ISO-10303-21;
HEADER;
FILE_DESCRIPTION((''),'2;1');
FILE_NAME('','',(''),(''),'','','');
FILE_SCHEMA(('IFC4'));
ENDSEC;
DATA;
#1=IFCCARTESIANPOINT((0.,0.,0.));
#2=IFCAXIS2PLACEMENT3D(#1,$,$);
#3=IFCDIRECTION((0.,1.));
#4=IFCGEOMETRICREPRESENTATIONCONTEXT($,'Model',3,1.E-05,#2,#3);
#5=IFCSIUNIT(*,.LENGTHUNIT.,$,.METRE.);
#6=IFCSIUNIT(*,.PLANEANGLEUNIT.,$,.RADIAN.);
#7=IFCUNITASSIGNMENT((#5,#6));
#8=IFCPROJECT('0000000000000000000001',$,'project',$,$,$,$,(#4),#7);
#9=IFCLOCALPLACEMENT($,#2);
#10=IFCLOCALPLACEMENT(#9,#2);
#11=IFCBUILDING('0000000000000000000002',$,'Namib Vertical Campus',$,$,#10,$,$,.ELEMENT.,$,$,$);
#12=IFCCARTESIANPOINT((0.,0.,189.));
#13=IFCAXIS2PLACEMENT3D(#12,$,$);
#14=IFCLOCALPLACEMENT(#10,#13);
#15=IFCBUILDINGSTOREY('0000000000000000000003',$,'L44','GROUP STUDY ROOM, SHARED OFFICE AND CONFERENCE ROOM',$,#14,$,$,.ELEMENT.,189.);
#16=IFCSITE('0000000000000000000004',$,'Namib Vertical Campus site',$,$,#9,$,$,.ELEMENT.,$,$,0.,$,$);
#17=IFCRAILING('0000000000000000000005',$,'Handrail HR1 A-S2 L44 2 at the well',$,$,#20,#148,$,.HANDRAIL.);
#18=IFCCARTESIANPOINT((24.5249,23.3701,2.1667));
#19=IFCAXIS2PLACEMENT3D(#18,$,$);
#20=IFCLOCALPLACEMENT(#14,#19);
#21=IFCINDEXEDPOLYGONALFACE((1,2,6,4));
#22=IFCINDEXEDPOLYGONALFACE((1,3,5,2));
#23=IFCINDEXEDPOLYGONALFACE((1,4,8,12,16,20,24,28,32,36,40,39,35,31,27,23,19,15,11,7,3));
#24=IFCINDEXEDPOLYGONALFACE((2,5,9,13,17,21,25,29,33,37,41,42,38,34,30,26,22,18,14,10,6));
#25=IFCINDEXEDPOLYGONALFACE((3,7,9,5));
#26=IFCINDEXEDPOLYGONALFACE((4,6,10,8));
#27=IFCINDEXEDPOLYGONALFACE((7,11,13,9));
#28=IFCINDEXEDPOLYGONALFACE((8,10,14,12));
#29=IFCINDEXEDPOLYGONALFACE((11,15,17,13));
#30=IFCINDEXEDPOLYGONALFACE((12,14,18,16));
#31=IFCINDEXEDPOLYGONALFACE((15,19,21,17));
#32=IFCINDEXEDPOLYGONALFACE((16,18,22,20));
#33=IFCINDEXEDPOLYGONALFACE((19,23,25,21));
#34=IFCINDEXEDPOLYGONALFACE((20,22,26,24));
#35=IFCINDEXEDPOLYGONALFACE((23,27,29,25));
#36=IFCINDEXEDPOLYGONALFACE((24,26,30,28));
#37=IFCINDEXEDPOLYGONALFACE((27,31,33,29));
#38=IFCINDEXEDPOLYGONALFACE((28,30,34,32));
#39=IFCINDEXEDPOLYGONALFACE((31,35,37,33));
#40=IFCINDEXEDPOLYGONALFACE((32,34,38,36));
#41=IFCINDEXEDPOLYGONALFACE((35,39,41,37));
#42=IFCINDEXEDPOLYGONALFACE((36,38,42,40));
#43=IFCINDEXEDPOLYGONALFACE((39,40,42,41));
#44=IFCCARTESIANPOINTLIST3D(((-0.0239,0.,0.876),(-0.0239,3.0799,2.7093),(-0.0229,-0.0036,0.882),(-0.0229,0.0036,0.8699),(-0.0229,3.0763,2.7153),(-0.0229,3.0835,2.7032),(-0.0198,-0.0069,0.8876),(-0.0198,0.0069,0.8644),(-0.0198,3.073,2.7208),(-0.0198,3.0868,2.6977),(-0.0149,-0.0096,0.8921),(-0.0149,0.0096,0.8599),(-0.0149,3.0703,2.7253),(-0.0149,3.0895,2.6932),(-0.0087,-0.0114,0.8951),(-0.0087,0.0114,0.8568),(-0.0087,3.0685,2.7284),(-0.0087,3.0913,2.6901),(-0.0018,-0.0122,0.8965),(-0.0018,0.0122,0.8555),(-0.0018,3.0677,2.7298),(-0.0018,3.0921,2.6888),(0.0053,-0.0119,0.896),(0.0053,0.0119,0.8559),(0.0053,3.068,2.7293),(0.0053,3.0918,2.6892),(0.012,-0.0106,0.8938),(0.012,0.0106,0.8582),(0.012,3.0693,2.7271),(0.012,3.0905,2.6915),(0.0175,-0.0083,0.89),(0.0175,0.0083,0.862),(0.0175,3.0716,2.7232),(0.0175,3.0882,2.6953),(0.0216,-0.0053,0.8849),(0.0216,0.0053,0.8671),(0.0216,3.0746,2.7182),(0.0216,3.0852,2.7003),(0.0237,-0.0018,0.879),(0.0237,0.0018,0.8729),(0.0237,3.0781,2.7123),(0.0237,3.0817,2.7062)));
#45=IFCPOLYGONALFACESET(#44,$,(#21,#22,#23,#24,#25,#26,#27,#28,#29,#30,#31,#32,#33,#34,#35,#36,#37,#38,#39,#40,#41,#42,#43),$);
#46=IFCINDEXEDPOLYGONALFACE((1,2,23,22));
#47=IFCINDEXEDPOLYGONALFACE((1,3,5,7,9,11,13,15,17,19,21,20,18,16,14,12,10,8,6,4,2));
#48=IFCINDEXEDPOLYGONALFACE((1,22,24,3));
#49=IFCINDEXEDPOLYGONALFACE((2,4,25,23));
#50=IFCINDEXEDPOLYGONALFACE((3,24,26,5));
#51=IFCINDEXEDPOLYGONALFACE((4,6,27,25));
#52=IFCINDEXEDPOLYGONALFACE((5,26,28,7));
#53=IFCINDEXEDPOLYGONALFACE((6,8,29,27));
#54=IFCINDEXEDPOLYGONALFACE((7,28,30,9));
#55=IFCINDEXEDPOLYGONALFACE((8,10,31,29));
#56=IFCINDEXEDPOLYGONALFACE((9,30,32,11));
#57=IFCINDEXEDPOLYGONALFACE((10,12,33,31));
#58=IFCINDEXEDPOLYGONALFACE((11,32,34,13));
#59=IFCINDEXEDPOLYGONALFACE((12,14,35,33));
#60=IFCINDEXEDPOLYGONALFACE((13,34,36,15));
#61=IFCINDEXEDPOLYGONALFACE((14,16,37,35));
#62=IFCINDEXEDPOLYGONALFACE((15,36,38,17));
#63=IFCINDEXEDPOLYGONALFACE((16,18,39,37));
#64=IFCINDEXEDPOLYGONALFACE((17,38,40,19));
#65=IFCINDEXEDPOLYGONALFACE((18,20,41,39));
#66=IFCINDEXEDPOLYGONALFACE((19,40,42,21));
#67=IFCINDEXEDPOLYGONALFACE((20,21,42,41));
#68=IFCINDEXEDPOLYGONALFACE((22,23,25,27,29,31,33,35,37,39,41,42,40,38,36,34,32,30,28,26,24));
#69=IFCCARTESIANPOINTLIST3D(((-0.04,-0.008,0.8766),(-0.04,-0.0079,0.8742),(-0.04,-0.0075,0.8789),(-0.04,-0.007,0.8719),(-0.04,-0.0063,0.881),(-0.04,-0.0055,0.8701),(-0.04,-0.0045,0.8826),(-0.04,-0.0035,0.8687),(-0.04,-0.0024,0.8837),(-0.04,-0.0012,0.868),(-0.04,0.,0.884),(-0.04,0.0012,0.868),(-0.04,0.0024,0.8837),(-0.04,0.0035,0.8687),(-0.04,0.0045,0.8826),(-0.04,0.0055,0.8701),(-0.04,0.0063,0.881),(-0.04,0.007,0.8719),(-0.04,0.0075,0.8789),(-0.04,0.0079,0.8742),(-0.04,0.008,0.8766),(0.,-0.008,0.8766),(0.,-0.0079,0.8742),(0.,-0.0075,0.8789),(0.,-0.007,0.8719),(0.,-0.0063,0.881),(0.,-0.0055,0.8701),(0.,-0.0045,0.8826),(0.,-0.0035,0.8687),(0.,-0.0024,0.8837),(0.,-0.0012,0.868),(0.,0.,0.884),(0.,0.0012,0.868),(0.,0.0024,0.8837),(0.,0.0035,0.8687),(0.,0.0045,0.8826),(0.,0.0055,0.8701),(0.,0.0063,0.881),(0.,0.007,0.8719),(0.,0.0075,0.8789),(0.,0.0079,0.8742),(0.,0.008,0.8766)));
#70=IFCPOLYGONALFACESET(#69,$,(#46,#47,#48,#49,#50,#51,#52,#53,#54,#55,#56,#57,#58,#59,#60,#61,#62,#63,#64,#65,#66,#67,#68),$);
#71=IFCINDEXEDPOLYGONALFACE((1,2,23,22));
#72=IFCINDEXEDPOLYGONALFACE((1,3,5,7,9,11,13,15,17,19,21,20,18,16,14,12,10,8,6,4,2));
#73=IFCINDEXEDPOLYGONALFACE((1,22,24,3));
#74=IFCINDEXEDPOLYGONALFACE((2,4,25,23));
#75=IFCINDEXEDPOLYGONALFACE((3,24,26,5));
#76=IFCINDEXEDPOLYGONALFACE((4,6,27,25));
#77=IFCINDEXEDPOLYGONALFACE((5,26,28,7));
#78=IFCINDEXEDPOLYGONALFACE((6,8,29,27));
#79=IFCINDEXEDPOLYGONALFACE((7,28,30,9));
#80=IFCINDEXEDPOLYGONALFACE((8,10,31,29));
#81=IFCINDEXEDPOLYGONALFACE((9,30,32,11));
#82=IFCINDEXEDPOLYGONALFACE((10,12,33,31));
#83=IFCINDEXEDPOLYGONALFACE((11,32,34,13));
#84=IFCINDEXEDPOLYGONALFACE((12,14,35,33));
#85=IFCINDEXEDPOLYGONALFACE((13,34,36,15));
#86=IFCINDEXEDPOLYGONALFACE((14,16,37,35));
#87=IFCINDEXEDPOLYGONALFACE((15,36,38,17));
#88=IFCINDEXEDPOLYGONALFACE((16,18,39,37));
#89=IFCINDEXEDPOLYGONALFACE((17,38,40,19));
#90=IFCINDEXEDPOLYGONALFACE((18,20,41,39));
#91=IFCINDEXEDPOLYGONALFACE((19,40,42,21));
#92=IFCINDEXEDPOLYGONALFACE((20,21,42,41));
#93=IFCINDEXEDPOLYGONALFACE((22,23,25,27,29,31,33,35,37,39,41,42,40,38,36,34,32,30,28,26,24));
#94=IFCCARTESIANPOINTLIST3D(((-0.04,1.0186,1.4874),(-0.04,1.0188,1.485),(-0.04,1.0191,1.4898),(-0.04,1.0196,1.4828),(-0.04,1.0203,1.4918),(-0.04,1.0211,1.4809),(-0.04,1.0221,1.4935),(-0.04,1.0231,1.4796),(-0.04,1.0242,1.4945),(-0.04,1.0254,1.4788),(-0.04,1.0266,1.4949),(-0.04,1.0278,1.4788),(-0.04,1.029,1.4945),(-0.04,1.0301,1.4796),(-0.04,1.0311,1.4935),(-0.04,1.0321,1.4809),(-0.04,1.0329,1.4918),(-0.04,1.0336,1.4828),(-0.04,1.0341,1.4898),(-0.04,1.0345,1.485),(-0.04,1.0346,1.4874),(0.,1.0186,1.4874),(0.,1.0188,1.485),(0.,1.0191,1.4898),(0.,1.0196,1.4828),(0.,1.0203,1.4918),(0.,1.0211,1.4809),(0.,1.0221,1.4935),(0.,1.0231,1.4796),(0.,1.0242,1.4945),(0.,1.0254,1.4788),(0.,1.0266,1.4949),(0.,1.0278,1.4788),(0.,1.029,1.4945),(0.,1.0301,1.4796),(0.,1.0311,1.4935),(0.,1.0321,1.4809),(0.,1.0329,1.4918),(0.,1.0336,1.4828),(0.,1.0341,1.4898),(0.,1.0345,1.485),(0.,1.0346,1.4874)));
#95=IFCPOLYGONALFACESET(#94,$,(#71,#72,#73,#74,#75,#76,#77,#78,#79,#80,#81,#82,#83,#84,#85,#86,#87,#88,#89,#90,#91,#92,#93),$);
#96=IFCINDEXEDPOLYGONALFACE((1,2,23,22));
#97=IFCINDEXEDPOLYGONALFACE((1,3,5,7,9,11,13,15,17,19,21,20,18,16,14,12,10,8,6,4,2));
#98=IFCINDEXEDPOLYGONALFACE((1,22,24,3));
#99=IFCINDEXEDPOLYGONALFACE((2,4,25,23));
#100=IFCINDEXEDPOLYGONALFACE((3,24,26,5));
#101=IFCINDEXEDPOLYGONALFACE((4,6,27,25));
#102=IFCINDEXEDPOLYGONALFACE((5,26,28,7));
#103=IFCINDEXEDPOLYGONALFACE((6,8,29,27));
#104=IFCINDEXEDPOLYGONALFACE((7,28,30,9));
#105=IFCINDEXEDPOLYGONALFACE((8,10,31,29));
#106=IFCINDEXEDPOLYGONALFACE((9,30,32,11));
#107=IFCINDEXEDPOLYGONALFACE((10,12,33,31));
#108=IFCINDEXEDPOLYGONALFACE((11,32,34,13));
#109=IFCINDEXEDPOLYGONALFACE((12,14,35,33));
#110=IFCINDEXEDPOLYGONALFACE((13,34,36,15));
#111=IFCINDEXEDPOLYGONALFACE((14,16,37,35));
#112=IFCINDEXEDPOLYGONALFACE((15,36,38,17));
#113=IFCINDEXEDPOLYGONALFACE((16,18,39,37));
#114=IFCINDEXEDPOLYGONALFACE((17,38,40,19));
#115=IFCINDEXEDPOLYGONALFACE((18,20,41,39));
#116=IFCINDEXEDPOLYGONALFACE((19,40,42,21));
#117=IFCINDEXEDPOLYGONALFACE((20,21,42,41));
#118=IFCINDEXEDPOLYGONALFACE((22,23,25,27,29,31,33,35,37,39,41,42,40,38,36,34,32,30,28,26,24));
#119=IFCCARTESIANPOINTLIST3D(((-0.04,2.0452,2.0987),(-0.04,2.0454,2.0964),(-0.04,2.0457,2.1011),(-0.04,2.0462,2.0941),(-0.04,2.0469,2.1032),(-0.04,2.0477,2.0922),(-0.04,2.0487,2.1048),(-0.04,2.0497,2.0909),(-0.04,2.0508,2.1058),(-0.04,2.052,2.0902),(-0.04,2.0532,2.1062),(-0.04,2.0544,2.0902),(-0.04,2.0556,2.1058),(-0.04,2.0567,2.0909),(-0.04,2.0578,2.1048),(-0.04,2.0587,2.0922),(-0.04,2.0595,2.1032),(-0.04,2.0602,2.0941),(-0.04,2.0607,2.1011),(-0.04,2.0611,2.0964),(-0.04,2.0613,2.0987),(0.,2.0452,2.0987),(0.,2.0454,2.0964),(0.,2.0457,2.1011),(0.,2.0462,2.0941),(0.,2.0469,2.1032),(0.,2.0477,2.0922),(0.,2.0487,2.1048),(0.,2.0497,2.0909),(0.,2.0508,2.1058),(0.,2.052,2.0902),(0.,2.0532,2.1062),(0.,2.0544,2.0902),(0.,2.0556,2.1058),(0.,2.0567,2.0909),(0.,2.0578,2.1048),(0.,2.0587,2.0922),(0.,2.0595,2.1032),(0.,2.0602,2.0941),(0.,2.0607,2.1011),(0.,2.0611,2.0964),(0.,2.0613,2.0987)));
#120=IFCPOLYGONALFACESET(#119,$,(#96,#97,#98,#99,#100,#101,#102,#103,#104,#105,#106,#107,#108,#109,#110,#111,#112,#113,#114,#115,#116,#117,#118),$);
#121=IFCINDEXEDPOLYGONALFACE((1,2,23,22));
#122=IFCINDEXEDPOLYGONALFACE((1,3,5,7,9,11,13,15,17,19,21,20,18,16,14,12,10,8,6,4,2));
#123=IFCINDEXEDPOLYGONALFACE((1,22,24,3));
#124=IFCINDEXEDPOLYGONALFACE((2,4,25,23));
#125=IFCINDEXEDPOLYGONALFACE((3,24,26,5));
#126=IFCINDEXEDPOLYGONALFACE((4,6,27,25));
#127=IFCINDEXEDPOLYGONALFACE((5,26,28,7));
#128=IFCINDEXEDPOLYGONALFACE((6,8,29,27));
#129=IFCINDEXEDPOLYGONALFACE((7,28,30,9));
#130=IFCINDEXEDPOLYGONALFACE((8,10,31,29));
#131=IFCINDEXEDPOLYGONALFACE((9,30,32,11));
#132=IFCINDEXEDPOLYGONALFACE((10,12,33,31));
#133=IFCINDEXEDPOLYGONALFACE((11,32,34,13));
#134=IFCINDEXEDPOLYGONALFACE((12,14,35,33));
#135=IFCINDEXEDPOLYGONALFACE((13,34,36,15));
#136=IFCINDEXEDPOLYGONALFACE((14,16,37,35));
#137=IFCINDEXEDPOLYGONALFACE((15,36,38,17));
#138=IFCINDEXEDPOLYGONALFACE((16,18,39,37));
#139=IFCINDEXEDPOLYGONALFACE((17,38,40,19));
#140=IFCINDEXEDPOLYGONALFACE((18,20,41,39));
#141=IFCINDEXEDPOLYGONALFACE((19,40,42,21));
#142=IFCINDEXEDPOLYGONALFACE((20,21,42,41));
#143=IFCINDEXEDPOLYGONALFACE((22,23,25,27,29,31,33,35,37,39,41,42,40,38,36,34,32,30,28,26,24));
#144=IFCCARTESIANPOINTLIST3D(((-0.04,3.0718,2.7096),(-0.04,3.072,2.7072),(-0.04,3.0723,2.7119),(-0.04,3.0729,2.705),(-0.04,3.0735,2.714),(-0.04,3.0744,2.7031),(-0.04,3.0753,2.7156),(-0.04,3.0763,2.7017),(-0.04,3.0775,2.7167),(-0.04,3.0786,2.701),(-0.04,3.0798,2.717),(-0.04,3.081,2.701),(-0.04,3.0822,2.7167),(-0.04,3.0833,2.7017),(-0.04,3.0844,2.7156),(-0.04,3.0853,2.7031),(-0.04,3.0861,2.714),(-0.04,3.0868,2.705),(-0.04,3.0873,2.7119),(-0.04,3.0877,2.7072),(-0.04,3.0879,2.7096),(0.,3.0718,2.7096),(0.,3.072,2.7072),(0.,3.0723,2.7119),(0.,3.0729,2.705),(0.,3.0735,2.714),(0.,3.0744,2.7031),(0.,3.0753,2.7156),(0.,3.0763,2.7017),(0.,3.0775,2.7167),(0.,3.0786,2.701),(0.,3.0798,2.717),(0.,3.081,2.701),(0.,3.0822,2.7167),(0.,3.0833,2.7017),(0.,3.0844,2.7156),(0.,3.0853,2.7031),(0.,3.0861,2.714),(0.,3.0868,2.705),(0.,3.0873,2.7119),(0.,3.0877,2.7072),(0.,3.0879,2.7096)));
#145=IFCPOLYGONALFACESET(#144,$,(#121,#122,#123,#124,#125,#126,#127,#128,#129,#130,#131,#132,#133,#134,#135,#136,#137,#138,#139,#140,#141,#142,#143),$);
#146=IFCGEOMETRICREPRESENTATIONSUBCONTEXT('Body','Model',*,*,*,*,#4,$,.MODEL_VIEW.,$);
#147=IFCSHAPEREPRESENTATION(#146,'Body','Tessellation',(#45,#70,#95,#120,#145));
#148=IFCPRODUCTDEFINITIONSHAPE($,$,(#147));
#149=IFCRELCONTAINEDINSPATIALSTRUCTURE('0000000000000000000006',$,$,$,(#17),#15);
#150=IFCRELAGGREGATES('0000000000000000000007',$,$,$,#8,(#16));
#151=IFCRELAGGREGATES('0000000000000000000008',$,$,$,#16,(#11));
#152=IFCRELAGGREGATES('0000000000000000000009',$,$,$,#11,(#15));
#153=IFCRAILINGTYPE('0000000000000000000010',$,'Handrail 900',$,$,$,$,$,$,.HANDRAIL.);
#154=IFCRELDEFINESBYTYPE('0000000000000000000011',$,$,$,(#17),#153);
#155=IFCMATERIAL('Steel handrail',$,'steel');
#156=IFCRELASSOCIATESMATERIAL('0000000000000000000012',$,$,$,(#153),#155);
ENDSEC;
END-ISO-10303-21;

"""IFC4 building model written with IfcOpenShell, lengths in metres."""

from ifc_helpers import new_model, si_unit, direction, frame, origin, origin_2d, place, context, subcontext, project, spatial, circle, extrude, material, type_object, element, save


model = new_model("IFC4")

# Units and contexts
model_context = context("Model", 3, precision=1e-05, world=origin(), true_north=direction((0.0, 1.0)))
body_context = subcontext(model_context, "Body", "Model", "MODEL_VIEW")
ifc_project = project(units=[si_unit("LENGTHUNIT", "METRE"), si_unit("PLANEANGLEUNIT", "RADIAN")], contexts=[model_context])

# Site, building, storey
site_placement = place(None, origin())
site = spatial("IfcSite", under=ifc_project, at=site_placement, Name="Namib Vertical Campus site", CompositionType="ELEMENT", RefElevation=0.0)
building_placement = place(site_placement, origin())
building = spatial("IfcBuilding", under=site, at=building_placement, Name="Namib Vertical Campus", CompositionType="ELEMENT")
storey_placement = place(building_placement, frame((0.0, 0.0, 189.0)))
storey = spatial("IfcBuildingStorey", under=building, at=storey_placement, Name="L44", Description="GROUP STUDY ROOM, SHARED OFFICE AND CONFERENCE ROOM", CompositionType="ELEMENT", Elevation=189.0)

# Railing
ifc_material_1 = material(Name="Steel handrail", Category="steel")
railing_type_1 = type_object("IfcRailingType", Name="Handrail 900", PredefinedType="HANDRAIL", material=ifc_material_1)
railing_1_placement = place(storey_placement, frame((24.5249, 23.3701, 2.1667)))
element("IfcRailing", 1, at=railing_1_placement, inside=storey, type_object=railing_type_1, Name="Handrail HR1 A-S2 L44 2 at the well", PredefinedType="HANDRAIL", context=body_context, shape_type="SweptSolid", body=[
    extrude(circle(Radius=0.0239, at=origin_2d()), frame((0.0, 0.0, 0.876), z_axis=(0.0, 0.859291, 0.511487), x_axis=(-1.0, 0.0, 0.0)), (0.0, 0.0, 1.0), 3.5842),
    extrude(circle(Radius=0.0081, at=origin_2d()), frame((0.0, 0.0, 0.876), z_axis=(-1.0, 0.0, 0.0), x_axis=(0.0, 0.0, 1.0)), (0.0, 0.0, 1.0), 0.04),
    extrude(circle(Radius=0.0081, at=origin_2d()), frame((0.0, 1.0266, 1.4868), z_axis=(-1.0, 0.0, 0.0), x_axis=(0.0, 0.0, 1.0)), (0.0, 0.0, 1.0), 0.04),
    extrude(circle(Radius=0.0081, at=origin_2d()), frame((0.0, 2.0532, 2.0981), z_axis=(-1.0, 0.0, 0.0), x_axis=(0.0, 0.0, 1.0)), (0.0, 0.0, 1.0), 0.04),
    extrude(circle(Radius=0.0081, at=origin_2d()), frame((0.0, 3.0798, 2.709), z_axis=(-1.0, 0.0, 0.0), x_axis=(0.0, 0.0, 1.0)), (0.0, 0.0, 1.0), 0.04),
])

save(model, "model.ifc")
